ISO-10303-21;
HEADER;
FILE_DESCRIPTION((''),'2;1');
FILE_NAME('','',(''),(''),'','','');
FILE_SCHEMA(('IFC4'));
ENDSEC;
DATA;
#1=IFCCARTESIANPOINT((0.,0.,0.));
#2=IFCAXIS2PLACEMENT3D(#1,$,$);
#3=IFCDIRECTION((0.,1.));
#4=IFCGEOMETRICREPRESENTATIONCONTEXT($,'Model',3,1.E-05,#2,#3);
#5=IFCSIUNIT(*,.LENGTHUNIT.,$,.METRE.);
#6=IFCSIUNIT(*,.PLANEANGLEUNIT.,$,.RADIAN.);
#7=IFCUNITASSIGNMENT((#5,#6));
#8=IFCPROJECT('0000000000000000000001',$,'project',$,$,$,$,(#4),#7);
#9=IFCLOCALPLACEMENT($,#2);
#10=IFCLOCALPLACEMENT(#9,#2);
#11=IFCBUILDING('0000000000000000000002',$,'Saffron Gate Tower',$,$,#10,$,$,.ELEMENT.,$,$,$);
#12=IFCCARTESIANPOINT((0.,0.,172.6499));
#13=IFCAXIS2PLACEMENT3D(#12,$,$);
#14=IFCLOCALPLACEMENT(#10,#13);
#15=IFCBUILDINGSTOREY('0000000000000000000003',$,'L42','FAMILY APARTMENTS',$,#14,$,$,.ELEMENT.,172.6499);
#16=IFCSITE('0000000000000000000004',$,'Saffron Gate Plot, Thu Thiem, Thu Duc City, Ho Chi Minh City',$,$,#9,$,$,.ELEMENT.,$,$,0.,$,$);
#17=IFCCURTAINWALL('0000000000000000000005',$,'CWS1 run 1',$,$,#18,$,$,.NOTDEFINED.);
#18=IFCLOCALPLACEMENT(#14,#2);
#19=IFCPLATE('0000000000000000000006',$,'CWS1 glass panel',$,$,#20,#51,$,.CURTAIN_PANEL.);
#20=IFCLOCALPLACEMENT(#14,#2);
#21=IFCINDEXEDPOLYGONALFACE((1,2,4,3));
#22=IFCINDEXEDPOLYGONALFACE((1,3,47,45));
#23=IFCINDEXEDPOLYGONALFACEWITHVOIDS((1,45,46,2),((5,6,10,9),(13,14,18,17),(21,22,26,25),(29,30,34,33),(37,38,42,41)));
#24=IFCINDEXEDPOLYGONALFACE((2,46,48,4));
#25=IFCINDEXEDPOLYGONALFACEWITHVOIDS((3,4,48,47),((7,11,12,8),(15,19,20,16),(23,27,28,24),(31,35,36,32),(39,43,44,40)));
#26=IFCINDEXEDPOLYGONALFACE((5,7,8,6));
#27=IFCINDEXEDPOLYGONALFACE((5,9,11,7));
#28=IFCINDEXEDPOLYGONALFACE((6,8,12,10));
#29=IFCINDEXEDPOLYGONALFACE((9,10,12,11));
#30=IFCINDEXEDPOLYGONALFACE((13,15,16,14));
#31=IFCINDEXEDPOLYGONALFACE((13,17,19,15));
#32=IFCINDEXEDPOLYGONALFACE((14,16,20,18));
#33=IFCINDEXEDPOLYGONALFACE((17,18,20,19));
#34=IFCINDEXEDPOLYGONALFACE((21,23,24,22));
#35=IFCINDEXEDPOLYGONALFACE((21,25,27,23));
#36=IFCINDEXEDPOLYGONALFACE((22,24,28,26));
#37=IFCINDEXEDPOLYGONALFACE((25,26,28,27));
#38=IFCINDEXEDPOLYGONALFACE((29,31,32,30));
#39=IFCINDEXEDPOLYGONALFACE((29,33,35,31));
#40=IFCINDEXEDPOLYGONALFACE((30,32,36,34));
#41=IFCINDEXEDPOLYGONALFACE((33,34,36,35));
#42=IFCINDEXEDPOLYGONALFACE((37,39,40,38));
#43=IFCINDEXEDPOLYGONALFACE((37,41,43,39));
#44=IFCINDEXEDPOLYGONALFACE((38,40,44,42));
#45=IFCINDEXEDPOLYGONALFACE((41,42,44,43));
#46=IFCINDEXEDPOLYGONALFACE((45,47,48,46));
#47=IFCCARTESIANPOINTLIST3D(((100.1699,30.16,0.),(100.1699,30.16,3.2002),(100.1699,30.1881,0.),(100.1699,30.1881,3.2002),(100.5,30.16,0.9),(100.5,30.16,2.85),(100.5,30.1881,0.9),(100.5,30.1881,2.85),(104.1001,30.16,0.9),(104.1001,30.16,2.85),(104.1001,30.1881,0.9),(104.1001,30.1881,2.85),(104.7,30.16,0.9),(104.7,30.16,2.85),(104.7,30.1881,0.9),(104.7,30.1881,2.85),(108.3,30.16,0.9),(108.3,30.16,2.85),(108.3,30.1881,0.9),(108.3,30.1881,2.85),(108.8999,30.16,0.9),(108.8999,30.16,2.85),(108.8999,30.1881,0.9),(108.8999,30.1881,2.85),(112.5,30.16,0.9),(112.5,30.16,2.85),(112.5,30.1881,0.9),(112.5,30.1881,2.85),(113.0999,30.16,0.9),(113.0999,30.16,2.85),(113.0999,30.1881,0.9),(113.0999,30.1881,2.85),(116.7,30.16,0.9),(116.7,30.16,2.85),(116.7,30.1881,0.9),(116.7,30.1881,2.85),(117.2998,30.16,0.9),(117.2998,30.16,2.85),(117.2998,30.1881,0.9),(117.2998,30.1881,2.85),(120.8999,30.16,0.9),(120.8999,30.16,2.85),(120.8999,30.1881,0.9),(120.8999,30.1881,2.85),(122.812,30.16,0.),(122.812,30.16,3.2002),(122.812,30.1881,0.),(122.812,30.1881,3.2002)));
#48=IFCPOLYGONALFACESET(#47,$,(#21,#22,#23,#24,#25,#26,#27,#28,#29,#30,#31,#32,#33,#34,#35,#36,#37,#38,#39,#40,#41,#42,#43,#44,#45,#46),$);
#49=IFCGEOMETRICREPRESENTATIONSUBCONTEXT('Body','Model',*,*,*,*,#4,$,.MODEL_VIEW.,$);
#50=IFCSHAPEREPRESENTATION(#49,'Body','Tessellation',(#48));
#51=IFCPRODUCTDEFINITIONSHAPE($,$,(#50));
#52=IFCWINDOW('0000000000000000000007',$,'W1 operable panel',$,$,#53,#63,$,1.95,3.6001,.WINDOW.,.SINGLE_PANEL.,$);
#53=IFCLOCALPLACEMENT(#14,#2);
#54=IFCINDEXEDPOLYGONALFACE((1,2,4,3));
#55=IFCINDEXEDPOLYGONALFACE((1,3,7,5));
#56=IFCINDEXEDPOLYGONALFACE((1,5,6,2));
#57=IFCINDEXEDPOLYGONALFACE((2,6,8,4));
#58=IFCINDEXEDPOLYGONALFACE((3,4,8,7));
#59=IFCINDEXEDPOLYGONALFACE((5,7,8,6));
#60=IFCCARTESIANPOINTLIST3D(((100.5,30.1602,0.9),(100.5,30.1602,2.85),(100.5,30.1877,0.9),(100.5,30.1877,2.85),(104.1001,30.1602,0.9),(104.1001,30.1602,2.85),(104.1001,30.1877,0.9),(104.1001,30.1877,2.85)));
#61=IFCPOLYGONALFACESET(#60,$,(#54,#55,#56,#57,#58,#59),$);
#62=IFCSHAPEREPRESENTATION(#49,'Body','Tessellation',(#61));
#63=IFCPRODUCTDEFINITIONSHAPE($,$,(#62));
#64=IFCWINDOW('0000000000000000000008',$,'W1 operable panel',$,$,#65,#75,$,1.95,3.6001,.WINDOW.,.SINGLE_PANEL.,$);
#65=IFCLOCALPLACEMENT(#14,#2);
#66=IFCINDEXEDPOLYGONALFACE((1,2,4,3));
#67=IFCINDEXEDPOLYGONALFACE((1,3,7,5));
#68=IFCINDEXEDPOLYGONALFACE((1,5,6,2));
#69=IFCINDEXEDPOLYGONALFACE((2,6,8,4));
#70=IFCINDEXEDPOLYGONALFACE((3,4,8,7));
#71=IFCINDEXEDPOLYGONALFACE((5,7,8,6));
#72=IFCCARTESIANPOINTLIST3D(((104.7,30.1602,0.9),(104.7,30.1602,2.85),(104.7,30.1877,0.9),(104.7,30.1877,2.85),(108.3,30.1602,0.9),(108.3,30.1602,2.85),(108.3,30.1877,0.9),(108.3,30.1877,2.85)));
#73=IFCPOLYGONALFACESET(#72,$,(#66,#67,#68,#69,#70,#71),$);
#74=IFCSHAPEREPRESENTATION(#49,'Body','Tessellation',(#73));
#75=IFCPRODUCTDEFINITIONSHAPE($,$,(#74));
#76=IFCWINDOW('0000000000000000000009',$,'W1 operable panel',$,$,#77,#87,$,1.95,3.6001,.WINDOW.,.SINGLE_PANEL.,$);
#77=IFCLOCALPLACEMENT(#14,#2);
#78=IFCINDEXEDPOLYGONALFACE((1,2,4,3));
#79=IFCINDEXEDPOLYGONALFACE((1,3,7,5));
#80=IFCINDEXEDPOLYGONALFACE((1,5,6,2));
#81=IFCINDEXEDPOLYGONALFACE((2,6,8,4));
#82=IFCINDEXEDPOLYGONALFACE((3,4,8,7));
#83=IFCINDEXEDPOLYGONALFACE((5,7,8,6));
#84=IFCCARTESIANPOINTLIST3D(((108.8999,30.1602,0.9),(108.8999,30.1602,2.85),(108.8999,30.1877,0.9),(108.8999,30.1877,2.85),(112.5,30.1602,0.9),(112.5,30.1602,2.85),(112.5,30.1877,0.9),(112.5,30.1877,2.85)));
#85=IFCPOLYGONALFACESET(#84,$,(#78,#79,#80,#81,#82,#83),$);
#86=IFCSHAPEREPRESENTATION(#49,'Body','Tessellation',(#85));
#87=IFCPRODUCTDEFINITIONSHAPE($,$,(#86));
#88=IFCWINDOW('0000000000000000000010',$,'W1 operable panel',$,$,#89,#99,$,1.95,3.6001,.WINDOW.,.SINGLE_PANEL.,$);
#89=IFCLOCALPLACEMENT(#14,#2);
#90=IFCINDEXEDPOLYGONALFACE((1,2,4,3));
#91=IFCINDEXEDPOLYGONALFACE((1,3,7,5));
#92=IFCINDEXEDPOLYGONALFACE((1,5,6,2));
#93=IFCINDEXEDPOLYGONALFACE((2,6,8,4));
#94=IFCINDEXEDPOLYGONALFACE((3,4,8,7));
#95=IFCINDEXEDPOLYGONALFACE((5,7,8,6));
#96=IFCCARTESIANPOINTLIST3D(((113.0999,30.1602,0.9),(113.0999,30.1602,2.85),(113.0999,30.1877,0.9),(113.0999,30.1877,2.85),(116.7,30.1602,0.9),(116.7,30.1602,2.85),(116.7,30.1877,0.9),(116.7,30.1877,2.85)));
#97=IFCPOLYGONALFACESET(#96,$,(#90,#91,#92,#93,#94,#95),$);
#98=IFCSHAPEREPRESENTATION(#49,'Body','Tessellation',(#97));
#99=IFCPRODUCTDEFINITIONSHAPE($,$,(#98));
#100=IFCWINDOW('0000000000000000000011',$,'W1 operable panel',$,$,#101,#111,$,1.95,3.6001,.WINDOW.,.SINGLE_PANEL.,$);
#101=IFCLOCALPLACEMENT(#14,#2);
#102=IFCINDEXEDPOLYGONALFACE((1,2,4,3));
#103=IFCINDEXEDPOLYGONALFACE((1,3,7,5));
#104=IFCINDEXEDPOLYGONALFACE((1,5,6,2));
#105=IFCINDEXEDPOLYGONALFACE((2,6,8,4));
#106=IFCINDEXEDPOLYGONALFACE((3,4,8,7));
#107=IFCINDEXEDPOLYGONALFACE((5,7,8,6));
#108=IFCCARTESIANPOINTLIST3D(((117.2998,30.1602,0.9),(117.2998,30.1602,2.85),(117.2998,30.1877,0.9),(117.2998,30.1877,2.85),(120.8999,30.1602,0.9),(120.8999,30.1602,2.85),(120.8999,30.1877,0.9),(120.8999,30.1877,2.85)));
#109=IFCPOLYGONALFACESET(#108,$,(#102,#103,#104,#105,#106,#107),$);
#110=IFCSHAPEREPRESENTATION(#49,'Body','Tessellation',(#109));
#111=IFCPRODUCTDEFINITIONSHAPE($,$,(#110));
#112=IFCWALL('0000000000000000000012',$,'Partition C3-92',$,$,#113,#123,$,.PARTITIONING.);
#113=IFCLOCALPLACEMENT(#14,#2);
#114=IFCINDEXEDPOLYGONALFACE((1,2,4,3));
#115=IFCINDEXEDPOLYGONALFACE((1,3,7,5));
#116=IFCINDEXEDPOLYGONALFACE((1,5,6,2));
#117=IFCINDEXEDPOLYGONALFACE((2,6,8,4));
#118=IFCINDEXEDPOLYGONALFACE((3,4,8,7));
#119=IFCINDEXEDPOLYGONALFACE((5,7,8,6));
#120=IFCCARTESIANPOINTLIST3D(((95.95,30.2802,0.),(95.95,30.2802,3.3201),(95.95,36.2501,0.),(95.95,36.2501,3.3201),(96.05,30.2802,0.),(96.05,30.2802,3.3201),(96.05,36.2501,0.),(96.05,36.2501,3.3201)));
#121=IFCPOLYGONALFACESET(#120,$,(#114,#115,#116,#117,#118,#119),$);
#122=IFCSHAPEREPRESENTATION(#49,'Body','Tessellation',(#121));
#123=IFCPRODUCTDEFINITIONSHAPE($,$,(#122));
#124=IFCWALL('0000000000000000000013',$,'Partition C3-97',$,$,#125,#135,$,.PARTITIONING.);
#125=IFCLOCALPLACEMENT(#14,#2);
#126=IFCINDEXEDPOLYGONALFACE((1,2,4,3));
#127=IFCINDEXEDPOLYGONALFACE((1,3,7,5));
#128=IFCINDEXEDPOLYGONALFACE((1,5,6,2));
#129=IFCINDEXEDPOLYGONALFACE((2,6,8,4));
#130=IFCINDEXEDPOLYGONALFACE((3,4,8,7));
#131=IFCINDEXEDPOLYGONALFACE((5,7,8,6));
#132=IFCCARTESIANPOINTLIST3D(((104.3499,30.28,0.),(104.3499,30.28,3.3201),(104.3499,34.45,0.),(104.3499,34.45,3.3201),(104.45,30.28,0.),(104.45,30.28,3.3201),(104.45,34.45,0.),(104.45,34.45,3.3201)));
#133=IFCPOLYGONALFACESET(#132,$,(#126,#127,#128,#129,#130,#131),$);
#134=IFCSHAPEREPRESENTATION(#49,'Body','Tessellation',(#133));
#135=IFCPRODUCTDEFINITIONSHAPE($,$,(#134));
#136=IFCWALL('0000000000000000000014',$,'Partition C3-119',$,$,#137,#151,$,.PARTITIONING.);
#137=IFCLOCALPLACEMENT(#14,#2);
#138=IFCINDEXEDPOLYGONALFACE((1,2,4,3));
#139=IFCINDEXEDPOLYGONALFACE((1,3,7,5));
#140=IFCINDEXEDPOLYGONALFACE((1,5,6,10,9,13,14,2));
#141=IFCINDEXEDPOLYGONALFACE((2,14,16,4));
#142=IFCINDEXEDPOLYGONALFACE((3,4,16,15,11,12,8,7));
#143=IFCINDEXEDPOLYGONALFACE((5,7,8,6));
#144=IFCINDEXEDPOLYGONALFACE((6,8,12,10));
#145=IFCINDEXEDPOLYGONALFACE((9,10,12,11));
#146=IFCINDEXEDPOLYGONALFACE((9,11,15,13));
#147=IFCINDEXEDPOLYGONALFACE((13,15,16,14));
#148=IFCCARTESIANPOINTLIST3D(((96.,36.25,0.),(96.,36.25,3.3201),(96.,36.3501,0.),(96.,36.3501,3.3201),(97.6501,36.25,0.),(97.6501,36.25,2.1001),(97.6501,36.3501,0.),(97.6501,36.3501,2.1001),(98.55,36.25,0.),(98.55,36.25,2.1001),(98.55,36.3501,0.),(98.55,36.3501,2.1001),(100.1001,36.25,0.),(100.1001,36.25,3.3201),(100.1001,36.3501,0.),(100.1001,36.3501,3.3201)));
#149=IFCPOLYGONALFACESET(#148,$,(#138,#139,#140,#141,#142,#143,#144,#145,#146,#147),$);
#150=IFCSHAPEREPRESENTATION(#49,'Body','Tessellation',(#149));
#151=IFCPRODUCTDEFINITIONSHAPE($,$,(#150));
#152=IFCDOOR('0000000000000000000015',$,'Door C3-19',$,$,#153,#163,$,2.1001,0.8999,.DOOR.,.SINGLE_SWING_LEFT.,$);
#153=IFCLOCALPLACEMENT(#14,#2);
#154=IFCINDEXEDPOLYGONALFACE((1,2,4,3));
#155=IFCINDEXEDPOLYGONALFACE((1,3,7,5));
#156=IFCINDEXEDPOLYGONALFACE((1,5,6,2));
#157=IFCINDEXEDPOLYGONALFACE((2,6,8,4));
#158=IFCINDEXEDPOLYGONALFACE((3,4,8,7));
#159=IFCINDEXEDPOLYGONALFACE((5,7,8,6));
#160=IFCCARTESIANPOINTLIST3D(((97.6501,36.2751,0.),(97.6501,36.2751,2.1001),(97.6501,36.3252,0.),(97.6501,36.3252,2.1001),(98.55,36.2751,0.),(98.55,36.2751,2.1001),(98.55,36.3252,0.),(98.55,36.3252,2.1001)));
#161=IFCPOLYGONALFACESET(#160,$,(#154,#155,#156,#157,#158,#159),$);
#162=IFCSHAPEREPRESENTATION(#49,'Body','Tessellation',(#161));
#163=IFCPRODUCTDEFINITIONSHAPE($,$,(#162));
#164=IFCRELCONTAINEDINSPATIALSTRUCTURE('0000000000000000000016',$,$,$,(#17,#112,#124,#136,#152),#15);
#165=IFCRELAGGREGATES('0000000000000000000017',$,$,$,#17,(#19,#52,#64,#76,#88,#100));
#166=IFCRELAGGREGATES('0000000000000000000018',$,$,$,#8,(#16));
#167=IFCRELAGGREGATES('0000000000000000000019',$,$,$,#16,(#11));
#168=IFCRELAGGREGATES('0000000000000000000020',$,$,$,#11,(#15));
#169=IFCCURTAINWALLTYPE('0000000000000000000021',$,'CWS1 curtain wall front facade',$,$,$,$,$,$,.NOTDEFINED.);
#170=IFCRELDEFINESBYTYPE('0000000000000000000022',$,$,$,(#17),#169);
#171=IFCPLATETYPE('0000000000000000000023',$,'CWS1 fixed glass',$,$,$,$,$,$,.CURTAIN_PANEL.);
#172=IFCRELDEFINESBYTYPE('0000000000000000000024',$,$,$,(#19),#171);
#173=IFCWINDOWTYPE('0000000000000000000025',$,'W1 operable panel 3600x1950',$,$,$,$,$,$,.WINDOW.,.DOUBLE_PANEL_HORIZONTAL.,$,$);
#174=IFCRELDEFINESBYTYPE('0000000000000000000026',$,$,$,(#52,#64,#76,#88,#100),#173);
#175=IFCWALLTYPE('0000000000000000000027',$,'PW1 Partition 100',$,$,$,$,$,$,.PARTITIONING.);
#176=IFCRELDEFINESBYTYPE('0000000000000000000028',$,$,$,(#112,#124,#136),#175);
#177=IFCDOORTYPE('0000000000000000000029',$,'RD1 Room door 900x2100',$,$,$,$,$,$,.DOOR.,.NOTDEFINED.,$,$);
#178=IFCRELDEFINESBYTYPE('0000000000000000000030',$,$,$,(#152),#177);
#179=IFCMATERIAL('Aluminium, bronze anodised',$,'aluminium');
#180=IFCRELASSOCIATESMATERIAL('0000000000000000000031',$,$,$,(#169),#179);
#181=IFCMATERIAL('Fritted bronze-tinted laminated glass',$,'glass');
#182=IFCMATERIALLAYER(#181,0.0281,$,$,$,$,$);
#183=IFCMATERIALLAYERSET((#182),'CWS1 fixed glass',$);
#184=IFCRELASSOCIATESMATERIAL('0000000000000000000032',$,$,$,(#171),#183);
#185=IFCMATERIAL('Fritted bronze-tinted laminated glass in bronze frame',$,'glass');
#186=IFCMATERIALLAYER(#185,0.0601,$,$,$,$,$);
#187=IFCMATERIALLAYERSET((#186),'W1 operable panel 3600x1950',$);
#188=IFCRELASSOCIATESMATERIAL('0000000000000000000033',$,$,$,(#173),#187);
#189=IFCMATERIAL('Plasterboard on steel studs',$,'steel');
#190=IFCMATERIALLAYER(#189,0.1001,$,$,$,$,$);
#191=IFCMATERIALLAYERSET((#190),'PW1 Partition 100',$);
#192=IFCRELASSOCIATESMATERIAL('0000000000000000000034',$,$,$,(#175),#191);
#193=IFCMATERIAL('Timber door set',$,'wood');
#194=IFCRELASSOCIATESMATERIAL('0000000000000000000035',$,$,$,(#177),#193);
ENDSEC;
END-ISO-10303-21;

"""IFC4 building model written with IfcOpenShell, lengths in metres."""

from ifc_helpers import new_model, si_unit, direction, frame, frame_2d, origin, place, context, subcontext, project, spatial, rectangle, extrude, material, layer, layer_set, type_object, element, fill, aggregate, save


model = new_model("IFC4")

# Units and contexts
model_context = context("Model", 3, precision=1e-05, world=origin(), true_north=direction((0.0, 1.0)))
body_context = subcontext(model_context, "Body", "Model", "MODEL_VIEW")
ifc_project = project(units=[si_unit("LENGTHUNIT", "METRE"), si_unit("PLANEANGLEUNIT", "RADIAN")], contexts=[model_context])

# Site, building, storey
site_placement = place(None, origin())
site = spatial("IfcSite", under=ifc_project, at=site_placement, Name="Saffron Gate Plot, Thu Thiem, Thu Duc City, Ho Chi Minh City", CompositionType="ELEMENT", RefElevation=0.0)
building_placement = place(site_placement, origin())
building = spatial("IfcBuilding", under=site, at=building_placement, Name="Saffron Gate Tower", CompositionType="ELEMENT")
storey_placement = place(building_placement, frame((0.0, 0.0, 172.6499)))
storey = spatial("IfcBuildingStorey", under=building, at=storey_placement, Name="L42", Description="FAMILY APARTMENTS", CompositionType="ELEMENT", Elevation=172.6499)

# Curtain wall, plate, openings, windows
ifc_material_1 = material(Name="Aluminium, bronze anodised", Category="aluminium")
curtain_wall_type = type_object("IfcCurtainWallType", Name="CWS1 curtain wall front facade", PredefinedType="NOTDEFINED", material=ifc_material_1)
curtain_wall_placement = place(storey_placement, origin())
curtain_wall = element("IfcCurtainWall", 1, at=curtain_wall_placement, inside=storey, type_object=curtain_wall_type, Name="CWS1 run 1", PredefinedType="NOTDEFINED")
ifc_material_2 = material(Name="Fritted bronze-tinted laminated glass", Category="glass")
ifc_layer_1 = layer(ifc_material_2, 0.0281)
ifc_layer_set_1 = layer_set([ifc_layer_1], Name="CWS1 fixed glass")
plate_type = type_object("IfcPlateType", Name="CWS1 fixed glass", PredefinedType="CURTAIN_PANEL", material=ifc_layer_set_1)
plate_placement = place(storey_placement, frame((100.1699, 30.1741, 0.0), z_axis=(0.0, 0.0, 1.0), x_axis=(1.0, 0.0, 0.0)))
plate = element("IfcPlate", 2, at=plate_placement, type_object=plate_type, Name="CWS1 glass panel", PredefinedType="CURTAIN_PANEL", context=body_context, shape_type="SweptSolid", body=[
    extrude(rectangle(XDim=22.6421, YDim=0.0281, at=frame_2d((11.321, 0.0))), origin(), (0.0, 0.0, 1.0), 3.2002),
])
opening_1_placement = place(plate_placement, frame((0.3301, 0.0, 0.8999)))
opening_1 = element("IfcOpeningElement", 3, at=opening_1_placement, cuts=plate, PredefinedType="OPENING", context=body_context, shape_type="SweptSolid", body=[
    extrude(rectangle(XDim=3.6001, YDim=1.95, at=frame_2d((1.8, 0.9751))), frame((0.0, 0.0239, 0.0), z_axis=(0.0, -1.0, 0.0), x_axis=(1.0, 0.0, 0.0)), (0.0, 0.0, 1.0), 0.0481),
])
opening_2_placement = place(plate_placement, frame((4.53, 0.0, 0.8999)))
opening_2 = element("IfcOpeningElement", 4, at=opening_2_placement, cuts=plate, PredefinedType="OPENING", context=body_context, shape_type="SweptSolid", body=[
    extrude(rectangle(XDim=3.6001, YDim=1.95, at=frame_2d((1.8, 0.9751))), frame((0.0, 0.0239, 0.0), z_axis=(0.0, -1.0, 0.0), x_axis=(1.0, 0.0, 0.0)), (0.0, 0.0, 1.0), 0.0481),
])
opening_3_placement = place(plate_placement, frame((8.73, 0.0, 0.8999)))
opening_3 = element("IfcOpeningElement", 5, at=opening_3_placement, cuts=plate, PredefinedType="OPENING", context=body_context, shape_type="SweptSolid", body=[
    extrude(rectangle(XDim=3.6001, YDim=1.95, at=frame_2d((1.8, 0.9751))), frame((0.0, 0.0239, 0.0), z_axis=(0.0, -1.0, 0.0), x_axis=(1.0, 0.0, 0.0)), (0.0, 0.0, 1.0), 0.0481),
])
opening_4_placement = place(plate_placement, frame((12.9299, 0.0, 0.8999)))
opening_4 = element("IfcOpeningElement", 6, at=opening_4_placement, cuts=plate, PredefinedType="OPENING", context=body_context, shape_type="SweptSolid", body=[
    extrude(rectangle(XDim=3.6001, YDim=1.95, at=frame_2d((1.8, 0.9751))), frame((0.0, 0.0239, 0.0), z_axis=(0.0, -1.0, 0.0), x_axis=(1.0, 0.0, 0.0)), (0.0, 0.0, 1.0), 0.0481),
])
opening_5_placement = place(plate_placement, frame((17.1299, 0.0, 0.8999)))
opening_5 = element("IfcOpeningElement", 7, at=opening_5_placement, cuts=plate, PredefinedType="OPENING", context=body_context, shape_type="SweptSolid", body=[
    extrude(rectangle(XDim=3.6001, YDim=1.95, at=frame_2d((1.8, 0.9751))), frame((0.0, 0.0239, 0.0), z_axis=(0.0, -1.0, 0.0), x_axis=(1.0, 0.0, 0.0)), (0.0, 0.0, 1.0), 0.0481),
])
ifc_material_3 = material(Name="Fritted bronze-tinted laminated glass in bronze frame", Category="glass")
ifc_layer_2 = layer(ifc_material_3, 0.0601)
ifc_layer_set_2 = layer_set([ifc_layer_2], Name="W1 operable panel 3600x1950")
window_type = type_object("IfcWindowType", Name="W1 operable panel 3600x1950", PartitioningType="DOUBLE_PANEL_HORIZONTAL", PredefinedType="WINDOW", material=ifc_layer_set_2)
window_1_placement = place(opening_1_placement, origin())
window_1 = element("IfcWindow", 8, at=window_1_placement, type_object=window_type, Name="W1 operable panel", OverallHeight=1.95, OverallWidth=3.6001, PartitioningType="SINGLE_PANEL", PredefinedType="WINDOW", context=body_context, shape_type="SweptSolid", body=[
    extrude(rectangle(XDim=3.6001, YDim=1.95, at=frame_2d((1.8, 0.9751))), frame((0.0, 0.0137, 0.0), z_axis=(0.0, -1.0, 0.0), x_axis=(1.0, 0.0, 0.0)), (0.0, 0.0, 1.0), 0.0276),
])
fill(opening_1, window_1)
window_2_placement = place(opening_2_placement, origin())
window_2 = element("IfcWindow", 9, at=window_2_placement, type_object=window_type, Name="W1 operable panel", OverallHeight=1.95, OverallWidth=3.6001, PartitioningType="SINGLE_PANEL", PredefinedType="WINDOW", context=body_context, shape_type="SweptSolid", body=[
    extrude(rectangle(XDim=3.6001, YDim=1.95, at=frame_2d((1.8, 0.9751))), frame((0.0, 0.0137, 0.0), z_axis=(0.0, -1.0, 0.0), x_axis=(1.0, 0.0, 0.0)), (0.0, 0.0, 1.0), 0.0276),
])
fill(opening_2, window_2)
window_3_placement = place(opening_3_placement, origin())
window_3 = element("IfcWindow", 10, at=window_3_placement, type_object=window_type, Name="W1 operable panel", OverallHeight=1.95, OverallWidth=3.6001, PartitioningType="SINGLE_PANEL", PredefinedType="WINDOW", context=body_context, shape_type="SweptSolid", body=[
    extrude(rectangle(XDim=3.6001, YDim=1.95, at=frame_2d((1.8, 0.9751))), frame((0.0, 0.0137, 0.0), z_axis=(0.0, -1.0, 0.0), x_axis=(1.0, 0.0, 0.0)), (0.0, 0.0, 1.0), 0.0276),
])
fill(opening_3, window_3)
window_4_placement = place(opening_4_placement, origin())
window_4 = element("IfcWindow", 11, at=window_4_placement, type_object=window_type, Name="W1 operable panel", OverallHeight=1.95, OverallWidth=3.6001, PartitioningType="SINGLE_PANEL", PredefinedType="WINDOW", context=body_context, shape_type="SweptSolid", body=[
    extrude(rectangle(XDim=3.6001, YDim=1.95, at=frame_2d((1.8, 0.9751))), frame((0.0, 0.0137, 0.0), z_axis=(0.0, -1.0, 0.0), x_axis=(1.0, 0.0, 0.0)), (0.0, 0.0, 1.0), 0.0276),
])
fill(opening_4, window_4)
window_5_placement = place(opening_5_placement, origin())
window_5 = element("IfcWindow", 12, at=window_5_placement, type_object=window_type, Name="W1 operable panel", OverallHeight=1.95, OverallWidth=3.6001, PartitioningType="SINGLE_PANEL", PredefinedType="WINDOW", context=body_context, shape_type="SweptSolid", body=[
    extrude(rectangle(XDim=3.6001, YDim=1.95, at=frame_2d((1.8, 0.9751))), frame((0.0, 0.0137, 0.0), z_axis=(0.0, -1.0, 0.0), x_axis=(1.0, 0.0, 0.0)), (0.0, 0.0, 1.0), 0.0276),
])
fill(opening_5, window_5)
aggregate(curtain_wall, [plate, window_1, window_2, window_3, window_4, window_5])

# Walls
ifc_material_4 = material(Name="Plasterboard on steel studs", Category="steel")
ifc_layer_3 = layer(ifc_material_4, 0.1001)
ifc_layer_set_3 = layer_set([ifc_layer_3], Name="PW1 Partition 100")
wall_type_1 = type_object("IfcWallType", Name="PW1 Partition 100", PredefinedType="PARTITIONING", material=ifc_layer_set_3)
wall_1_placement = place(storey_placement, frame((96.0, 36.25, 0.0), z_axis=(0.0, 0.0, 1.0), x_axis=(0.0, -1.0, 0.0)))
element("IfcWall", 13, at=wall_1_placement, inside=storey, type_object=wall_type_1, Name="Partition C3-92", PredefinedType="PARTITIONING", context=body_context, shape_type="SweptSolid", body=[
    extrude(rectangle(XDim=5.97, YDim=0.1001, at=frame_2d((2.9849, 0.0))), origin(), (0.0, 0.0, 1.0), 3.3201),
])
wall_2_placement = place(storey_placement, frame((104.3999, 34.45, 0.0), z_axis=(0.0, 0.0, 1.0), x_axis=(0.0, -1.0, 0.0)))
element("IfcWall", 14, at=wall_2_placement, inside=storey, type_object=wall_type_1, Name="Partition C3-97", PredefinedType="PARTITIONING", context=body_context, shape_type="SweptSolid", body=[
    extrude(rectangle(XDim=4.1699, YDim=0.1001, at=frame_2d((2.085, 0.0))), origin(), (0.0, 0.0, 1.0), 3.3201),
])

# Wall, opening, door
wall_3_placement = place(storey_placement, frame((100.1001, 36.3, 0.0), z_axis=(0.0, 0.0, 1.0), x_axis=(-1.0, 0.0, 0.0)))
wall_3 = element("IfcWall", 15, at=wall_3_placement, inside=storey, type_object=wall_type_1, Name="Partition C3-119", PredefinedType="PARTITIONING", context=body_context, shape_type="SweptSolid", body=[
    extrude(rectangle(XDim=4.1001, YDim=0.1001, at=frame_2d((2.05, 0.0))), origin(), (0.0, 0.0, 1.0), 3.3201),
])
opening_6_placement = place(wall_3_placement, frame((1.55, 0.0, 0.0)))
opening_6 = element("IfcOpeningElement", 16, at=opening_6_placement, cuts=wall_3, PredefinedType="OPENING", context=body_context, shape_type="SweptSolid", body=[
    extrude(rectangle(XDim=0.8999, YDim=2.1001, at=frame_2d((0.45, 1.05))), frame((0.0, 0.0601, 0.0), z_axis=(0.0, -1.0, 0.0), x_axis=(1.0, 0.0, 0.0)), (0.0, 0.0, 1.0), 0.1201),
])
ifc_material_5 = material(Name="Timber door set", Category="wood")
door_type_1 = type_object("IfcDoorType", Name="RD1 Room door 900x2100", OperationType="NOTDEFINED", PredefinedType="DOOR", material=ifc_material_5)
door_1_placement = place(opening_6_placement, origin())
door_1 = element("IfcDoor", 17, at=door_1_placement, inside=storey, type_object=door_type_1, Name="Door C3-19", OperationType="SINGLE_SWING_LEFT", OverallHeight=2.1001, OverallWidth=0.8999, PredefinedType="DOOR", context=body_context, shape_type="SweptSolid", body=[
    extrude(rectangle(XDim=0.8999, YDim=2.1001, at=frame_2d((0.45, 1.05))), frame((0.0, 0.0249, 0.0), z_axis=(0.0, -1.0, 0.0), x_axis=(1.0, 0.0, 0.0)), (0.0, 0.0, 1.0), 0.05),
])
fill(opening_6, door_1)

save(model, "model.ifc")
